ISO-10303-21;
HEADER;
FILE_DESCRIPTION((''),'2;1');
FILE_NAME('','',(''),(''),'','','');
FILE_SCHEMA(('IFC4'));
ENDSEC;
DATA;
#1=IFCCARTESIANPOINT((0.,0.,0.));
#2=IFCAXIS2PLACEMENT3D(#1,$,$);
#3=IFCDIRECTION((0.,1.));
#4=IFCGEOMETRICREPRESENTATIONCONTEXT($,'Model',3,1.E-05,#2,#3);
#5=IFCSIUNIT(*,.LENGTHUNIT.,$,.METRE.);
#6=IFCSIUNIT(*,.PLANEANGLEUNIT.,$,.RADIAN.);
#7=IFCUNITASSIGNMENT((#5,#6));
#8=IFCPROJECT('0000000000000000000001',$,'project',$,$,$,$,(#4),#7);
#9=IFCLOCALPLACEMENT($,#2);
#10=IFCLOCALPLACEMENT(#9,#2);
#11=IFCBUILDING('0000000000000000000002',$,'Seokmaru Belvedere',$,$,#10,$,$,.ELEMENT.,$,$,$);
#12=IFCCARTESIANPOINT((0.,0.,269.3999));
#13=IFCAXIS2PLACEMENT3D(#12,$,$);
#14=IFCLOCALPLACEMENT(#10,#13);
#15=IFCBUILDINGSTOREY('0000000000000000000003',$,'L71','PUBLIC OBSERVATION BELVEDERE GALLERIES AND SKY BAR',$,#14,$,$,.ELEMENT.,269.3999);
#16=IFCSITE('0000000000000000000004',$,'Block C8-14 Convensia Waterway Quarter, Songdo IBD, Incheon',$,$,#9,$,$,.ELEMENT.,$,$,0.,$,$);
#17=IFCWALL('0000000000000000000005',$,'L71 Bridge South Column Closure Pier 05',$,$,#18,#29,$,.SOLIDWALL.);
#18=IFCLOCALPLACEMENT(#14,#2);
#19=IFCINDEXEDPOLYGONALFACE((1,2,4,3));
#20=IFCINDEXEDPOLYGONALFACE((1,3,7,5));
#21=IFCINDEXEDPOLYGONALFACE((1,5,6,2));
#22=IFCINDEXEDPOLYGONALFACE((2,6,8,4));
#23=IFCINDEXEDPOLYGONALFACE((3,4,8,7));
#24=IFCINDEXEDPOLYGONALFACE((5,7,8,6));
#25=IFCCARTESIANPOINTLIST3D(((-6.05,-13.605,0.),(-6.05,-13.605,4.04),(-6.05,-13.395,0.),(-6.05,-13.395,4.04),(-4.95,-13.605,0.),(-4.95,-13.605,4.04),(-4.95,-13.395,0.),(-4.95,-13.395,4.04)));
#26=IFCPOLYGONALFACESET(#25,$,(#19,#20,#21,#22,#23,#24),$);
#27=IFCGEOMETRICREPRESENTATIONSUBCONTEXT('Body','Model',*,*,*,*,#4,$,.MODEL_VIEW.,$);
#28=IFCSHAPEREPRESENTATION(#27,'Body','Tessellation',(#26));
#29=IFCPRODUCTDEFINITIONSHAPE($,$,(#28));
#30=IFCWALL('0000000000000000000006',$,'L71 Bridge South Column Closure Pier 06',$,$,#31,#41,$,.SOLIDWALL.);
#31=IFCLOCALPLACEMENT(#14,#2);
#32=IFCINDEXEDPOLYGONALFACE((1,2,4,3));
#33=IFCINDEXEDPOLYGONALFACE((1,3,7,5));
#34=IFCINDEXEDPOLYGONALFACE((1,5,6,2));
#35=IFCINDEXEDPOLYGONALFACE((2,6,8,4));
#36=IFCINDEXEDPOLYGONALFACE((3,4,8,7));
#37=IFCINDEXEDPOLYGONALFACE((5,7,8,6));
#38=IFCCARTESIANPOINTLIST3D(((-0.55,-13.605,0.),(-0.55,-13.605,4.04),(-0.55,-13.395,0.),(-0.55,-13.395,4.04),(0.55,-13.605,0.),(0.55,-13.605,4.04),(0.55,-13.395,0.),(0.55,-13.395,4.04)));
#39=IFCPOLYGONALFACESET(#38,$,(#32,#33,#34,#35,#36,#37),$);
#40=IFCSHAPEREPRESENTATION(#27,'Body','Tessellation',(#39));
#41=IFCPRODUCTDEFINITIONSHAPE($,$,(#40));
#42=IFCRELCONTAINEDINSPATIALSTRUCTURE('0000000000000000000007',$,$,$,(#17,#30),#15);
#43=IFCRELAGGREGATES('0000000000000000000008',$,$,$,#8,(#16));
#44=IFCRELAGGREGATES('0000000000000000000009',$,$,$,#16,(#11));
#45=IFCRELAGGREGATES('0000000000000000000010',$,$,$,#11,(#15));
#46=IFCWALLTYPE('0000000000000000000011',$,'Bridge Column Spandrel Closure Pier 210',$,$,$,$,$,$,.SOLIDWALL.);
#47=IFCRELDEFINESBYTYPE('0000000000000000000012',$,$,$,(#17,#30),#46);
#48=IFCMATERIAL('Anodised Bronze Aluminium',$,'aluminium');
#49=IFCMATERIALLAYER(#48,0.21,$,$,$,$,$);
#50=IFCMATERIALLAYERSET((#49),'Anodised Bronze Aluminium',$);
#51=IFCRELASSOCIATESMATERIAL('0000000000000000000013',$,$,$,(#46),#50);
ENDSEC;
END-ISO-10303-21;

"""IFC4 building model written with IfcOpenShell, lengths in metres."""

from ifc_helpers import new_model, si_unit, direction, frame, frame_2d, origin, place, context, subcontext, project, spatial, rectangle, extrude, material, layer, layer_set, type_object, element, save


model = new_model("IFC4")

# Units and contexts
model_context = context("Model", 3, precision=1e-05, world=origin(), true_north=direction((0.0, 1.0)))
body_context = subcontext(model_context, "Body", "Model", "MODEL_VIEW")
ifc_project = project(units=[si_unit("LENGTHUNIT", "METRE"), si_unit("PLANEANGLEUNIT", "RADIAN")], contexts=[model_context])

# Site, building, storey
site_placement = place(None, origin())
site = spatial("IfcSite", under=ifc_project, at=site_placement, Name="Block C8-14 Convensia Waterway Quarter, Songdo IBD, Incheon", CompositionType="ELEMENT", RefElevation=0.0)
building_placement = place(site_placement, origin())
building = spatial("IfcBuilding", under=site, at=building_placement, Name="Seokmaru Belvedere", CompositionType="ELEMENT")
storey_placement = place(building_placement, frame((0.0, 0.0, 269.3999)))
storey = spatial("IfcBuildingStorey", under=building, at=storey_placement, Name="L71", Description="PUBLIC OBSERVATION BELVEDERE GALLERIES AND SKY BAR", CompositionType="ELEMENT", Elevation=269.3999)

# Shared definitions
ifc_material_1 = material(Name="Anodised Bronze Aluminium", Category="aluminium")

# Walls
ifc_layer_1 = layer(ifc_material_1, 0.21)
ifc_layer_set_1 = layer_set([ifc_layer_1], Name="Anodised Bronze Aluminium")
wall_type = type_object("IfcWallType", Name="Bridge Column Spandrel Closure Pier 210", PredefinedType="SOLIDWALL", material=ifc_layer_set_1)
for number, where, z_axis, x_axis, name in (
    (1, (-6.05, -13.5, 0.0), (0.0, 0.0, 1.0), (1.0, 0.0, 0.0), "L71 Bridge South Column Closure Pier 05"),
    (2, (-0.55, -13.5, 0.0), (0.0, 0.0, 1.0), (1.0, 0.0, 0.0), "L71 Bridge South Column Closure Pier 06"),
):
    element("IfcWall", number, at=place(storey_placement, frame(where, z_axis=z_axis, x_axis=x_axis)), inside=storey, type_object=wall_type, Name=name, PredefinedType="SOLIDWALL", context=body_context, shape_type="SweptSolid", body=[
        extrude(rectangle(XDim=1.1001, YDim=0.21, at=frame_2d((0.55, 0.0))), origin(), (0.0, 0.0, 1.0), 4.04),
    ])

save(model, "model.ifc")
